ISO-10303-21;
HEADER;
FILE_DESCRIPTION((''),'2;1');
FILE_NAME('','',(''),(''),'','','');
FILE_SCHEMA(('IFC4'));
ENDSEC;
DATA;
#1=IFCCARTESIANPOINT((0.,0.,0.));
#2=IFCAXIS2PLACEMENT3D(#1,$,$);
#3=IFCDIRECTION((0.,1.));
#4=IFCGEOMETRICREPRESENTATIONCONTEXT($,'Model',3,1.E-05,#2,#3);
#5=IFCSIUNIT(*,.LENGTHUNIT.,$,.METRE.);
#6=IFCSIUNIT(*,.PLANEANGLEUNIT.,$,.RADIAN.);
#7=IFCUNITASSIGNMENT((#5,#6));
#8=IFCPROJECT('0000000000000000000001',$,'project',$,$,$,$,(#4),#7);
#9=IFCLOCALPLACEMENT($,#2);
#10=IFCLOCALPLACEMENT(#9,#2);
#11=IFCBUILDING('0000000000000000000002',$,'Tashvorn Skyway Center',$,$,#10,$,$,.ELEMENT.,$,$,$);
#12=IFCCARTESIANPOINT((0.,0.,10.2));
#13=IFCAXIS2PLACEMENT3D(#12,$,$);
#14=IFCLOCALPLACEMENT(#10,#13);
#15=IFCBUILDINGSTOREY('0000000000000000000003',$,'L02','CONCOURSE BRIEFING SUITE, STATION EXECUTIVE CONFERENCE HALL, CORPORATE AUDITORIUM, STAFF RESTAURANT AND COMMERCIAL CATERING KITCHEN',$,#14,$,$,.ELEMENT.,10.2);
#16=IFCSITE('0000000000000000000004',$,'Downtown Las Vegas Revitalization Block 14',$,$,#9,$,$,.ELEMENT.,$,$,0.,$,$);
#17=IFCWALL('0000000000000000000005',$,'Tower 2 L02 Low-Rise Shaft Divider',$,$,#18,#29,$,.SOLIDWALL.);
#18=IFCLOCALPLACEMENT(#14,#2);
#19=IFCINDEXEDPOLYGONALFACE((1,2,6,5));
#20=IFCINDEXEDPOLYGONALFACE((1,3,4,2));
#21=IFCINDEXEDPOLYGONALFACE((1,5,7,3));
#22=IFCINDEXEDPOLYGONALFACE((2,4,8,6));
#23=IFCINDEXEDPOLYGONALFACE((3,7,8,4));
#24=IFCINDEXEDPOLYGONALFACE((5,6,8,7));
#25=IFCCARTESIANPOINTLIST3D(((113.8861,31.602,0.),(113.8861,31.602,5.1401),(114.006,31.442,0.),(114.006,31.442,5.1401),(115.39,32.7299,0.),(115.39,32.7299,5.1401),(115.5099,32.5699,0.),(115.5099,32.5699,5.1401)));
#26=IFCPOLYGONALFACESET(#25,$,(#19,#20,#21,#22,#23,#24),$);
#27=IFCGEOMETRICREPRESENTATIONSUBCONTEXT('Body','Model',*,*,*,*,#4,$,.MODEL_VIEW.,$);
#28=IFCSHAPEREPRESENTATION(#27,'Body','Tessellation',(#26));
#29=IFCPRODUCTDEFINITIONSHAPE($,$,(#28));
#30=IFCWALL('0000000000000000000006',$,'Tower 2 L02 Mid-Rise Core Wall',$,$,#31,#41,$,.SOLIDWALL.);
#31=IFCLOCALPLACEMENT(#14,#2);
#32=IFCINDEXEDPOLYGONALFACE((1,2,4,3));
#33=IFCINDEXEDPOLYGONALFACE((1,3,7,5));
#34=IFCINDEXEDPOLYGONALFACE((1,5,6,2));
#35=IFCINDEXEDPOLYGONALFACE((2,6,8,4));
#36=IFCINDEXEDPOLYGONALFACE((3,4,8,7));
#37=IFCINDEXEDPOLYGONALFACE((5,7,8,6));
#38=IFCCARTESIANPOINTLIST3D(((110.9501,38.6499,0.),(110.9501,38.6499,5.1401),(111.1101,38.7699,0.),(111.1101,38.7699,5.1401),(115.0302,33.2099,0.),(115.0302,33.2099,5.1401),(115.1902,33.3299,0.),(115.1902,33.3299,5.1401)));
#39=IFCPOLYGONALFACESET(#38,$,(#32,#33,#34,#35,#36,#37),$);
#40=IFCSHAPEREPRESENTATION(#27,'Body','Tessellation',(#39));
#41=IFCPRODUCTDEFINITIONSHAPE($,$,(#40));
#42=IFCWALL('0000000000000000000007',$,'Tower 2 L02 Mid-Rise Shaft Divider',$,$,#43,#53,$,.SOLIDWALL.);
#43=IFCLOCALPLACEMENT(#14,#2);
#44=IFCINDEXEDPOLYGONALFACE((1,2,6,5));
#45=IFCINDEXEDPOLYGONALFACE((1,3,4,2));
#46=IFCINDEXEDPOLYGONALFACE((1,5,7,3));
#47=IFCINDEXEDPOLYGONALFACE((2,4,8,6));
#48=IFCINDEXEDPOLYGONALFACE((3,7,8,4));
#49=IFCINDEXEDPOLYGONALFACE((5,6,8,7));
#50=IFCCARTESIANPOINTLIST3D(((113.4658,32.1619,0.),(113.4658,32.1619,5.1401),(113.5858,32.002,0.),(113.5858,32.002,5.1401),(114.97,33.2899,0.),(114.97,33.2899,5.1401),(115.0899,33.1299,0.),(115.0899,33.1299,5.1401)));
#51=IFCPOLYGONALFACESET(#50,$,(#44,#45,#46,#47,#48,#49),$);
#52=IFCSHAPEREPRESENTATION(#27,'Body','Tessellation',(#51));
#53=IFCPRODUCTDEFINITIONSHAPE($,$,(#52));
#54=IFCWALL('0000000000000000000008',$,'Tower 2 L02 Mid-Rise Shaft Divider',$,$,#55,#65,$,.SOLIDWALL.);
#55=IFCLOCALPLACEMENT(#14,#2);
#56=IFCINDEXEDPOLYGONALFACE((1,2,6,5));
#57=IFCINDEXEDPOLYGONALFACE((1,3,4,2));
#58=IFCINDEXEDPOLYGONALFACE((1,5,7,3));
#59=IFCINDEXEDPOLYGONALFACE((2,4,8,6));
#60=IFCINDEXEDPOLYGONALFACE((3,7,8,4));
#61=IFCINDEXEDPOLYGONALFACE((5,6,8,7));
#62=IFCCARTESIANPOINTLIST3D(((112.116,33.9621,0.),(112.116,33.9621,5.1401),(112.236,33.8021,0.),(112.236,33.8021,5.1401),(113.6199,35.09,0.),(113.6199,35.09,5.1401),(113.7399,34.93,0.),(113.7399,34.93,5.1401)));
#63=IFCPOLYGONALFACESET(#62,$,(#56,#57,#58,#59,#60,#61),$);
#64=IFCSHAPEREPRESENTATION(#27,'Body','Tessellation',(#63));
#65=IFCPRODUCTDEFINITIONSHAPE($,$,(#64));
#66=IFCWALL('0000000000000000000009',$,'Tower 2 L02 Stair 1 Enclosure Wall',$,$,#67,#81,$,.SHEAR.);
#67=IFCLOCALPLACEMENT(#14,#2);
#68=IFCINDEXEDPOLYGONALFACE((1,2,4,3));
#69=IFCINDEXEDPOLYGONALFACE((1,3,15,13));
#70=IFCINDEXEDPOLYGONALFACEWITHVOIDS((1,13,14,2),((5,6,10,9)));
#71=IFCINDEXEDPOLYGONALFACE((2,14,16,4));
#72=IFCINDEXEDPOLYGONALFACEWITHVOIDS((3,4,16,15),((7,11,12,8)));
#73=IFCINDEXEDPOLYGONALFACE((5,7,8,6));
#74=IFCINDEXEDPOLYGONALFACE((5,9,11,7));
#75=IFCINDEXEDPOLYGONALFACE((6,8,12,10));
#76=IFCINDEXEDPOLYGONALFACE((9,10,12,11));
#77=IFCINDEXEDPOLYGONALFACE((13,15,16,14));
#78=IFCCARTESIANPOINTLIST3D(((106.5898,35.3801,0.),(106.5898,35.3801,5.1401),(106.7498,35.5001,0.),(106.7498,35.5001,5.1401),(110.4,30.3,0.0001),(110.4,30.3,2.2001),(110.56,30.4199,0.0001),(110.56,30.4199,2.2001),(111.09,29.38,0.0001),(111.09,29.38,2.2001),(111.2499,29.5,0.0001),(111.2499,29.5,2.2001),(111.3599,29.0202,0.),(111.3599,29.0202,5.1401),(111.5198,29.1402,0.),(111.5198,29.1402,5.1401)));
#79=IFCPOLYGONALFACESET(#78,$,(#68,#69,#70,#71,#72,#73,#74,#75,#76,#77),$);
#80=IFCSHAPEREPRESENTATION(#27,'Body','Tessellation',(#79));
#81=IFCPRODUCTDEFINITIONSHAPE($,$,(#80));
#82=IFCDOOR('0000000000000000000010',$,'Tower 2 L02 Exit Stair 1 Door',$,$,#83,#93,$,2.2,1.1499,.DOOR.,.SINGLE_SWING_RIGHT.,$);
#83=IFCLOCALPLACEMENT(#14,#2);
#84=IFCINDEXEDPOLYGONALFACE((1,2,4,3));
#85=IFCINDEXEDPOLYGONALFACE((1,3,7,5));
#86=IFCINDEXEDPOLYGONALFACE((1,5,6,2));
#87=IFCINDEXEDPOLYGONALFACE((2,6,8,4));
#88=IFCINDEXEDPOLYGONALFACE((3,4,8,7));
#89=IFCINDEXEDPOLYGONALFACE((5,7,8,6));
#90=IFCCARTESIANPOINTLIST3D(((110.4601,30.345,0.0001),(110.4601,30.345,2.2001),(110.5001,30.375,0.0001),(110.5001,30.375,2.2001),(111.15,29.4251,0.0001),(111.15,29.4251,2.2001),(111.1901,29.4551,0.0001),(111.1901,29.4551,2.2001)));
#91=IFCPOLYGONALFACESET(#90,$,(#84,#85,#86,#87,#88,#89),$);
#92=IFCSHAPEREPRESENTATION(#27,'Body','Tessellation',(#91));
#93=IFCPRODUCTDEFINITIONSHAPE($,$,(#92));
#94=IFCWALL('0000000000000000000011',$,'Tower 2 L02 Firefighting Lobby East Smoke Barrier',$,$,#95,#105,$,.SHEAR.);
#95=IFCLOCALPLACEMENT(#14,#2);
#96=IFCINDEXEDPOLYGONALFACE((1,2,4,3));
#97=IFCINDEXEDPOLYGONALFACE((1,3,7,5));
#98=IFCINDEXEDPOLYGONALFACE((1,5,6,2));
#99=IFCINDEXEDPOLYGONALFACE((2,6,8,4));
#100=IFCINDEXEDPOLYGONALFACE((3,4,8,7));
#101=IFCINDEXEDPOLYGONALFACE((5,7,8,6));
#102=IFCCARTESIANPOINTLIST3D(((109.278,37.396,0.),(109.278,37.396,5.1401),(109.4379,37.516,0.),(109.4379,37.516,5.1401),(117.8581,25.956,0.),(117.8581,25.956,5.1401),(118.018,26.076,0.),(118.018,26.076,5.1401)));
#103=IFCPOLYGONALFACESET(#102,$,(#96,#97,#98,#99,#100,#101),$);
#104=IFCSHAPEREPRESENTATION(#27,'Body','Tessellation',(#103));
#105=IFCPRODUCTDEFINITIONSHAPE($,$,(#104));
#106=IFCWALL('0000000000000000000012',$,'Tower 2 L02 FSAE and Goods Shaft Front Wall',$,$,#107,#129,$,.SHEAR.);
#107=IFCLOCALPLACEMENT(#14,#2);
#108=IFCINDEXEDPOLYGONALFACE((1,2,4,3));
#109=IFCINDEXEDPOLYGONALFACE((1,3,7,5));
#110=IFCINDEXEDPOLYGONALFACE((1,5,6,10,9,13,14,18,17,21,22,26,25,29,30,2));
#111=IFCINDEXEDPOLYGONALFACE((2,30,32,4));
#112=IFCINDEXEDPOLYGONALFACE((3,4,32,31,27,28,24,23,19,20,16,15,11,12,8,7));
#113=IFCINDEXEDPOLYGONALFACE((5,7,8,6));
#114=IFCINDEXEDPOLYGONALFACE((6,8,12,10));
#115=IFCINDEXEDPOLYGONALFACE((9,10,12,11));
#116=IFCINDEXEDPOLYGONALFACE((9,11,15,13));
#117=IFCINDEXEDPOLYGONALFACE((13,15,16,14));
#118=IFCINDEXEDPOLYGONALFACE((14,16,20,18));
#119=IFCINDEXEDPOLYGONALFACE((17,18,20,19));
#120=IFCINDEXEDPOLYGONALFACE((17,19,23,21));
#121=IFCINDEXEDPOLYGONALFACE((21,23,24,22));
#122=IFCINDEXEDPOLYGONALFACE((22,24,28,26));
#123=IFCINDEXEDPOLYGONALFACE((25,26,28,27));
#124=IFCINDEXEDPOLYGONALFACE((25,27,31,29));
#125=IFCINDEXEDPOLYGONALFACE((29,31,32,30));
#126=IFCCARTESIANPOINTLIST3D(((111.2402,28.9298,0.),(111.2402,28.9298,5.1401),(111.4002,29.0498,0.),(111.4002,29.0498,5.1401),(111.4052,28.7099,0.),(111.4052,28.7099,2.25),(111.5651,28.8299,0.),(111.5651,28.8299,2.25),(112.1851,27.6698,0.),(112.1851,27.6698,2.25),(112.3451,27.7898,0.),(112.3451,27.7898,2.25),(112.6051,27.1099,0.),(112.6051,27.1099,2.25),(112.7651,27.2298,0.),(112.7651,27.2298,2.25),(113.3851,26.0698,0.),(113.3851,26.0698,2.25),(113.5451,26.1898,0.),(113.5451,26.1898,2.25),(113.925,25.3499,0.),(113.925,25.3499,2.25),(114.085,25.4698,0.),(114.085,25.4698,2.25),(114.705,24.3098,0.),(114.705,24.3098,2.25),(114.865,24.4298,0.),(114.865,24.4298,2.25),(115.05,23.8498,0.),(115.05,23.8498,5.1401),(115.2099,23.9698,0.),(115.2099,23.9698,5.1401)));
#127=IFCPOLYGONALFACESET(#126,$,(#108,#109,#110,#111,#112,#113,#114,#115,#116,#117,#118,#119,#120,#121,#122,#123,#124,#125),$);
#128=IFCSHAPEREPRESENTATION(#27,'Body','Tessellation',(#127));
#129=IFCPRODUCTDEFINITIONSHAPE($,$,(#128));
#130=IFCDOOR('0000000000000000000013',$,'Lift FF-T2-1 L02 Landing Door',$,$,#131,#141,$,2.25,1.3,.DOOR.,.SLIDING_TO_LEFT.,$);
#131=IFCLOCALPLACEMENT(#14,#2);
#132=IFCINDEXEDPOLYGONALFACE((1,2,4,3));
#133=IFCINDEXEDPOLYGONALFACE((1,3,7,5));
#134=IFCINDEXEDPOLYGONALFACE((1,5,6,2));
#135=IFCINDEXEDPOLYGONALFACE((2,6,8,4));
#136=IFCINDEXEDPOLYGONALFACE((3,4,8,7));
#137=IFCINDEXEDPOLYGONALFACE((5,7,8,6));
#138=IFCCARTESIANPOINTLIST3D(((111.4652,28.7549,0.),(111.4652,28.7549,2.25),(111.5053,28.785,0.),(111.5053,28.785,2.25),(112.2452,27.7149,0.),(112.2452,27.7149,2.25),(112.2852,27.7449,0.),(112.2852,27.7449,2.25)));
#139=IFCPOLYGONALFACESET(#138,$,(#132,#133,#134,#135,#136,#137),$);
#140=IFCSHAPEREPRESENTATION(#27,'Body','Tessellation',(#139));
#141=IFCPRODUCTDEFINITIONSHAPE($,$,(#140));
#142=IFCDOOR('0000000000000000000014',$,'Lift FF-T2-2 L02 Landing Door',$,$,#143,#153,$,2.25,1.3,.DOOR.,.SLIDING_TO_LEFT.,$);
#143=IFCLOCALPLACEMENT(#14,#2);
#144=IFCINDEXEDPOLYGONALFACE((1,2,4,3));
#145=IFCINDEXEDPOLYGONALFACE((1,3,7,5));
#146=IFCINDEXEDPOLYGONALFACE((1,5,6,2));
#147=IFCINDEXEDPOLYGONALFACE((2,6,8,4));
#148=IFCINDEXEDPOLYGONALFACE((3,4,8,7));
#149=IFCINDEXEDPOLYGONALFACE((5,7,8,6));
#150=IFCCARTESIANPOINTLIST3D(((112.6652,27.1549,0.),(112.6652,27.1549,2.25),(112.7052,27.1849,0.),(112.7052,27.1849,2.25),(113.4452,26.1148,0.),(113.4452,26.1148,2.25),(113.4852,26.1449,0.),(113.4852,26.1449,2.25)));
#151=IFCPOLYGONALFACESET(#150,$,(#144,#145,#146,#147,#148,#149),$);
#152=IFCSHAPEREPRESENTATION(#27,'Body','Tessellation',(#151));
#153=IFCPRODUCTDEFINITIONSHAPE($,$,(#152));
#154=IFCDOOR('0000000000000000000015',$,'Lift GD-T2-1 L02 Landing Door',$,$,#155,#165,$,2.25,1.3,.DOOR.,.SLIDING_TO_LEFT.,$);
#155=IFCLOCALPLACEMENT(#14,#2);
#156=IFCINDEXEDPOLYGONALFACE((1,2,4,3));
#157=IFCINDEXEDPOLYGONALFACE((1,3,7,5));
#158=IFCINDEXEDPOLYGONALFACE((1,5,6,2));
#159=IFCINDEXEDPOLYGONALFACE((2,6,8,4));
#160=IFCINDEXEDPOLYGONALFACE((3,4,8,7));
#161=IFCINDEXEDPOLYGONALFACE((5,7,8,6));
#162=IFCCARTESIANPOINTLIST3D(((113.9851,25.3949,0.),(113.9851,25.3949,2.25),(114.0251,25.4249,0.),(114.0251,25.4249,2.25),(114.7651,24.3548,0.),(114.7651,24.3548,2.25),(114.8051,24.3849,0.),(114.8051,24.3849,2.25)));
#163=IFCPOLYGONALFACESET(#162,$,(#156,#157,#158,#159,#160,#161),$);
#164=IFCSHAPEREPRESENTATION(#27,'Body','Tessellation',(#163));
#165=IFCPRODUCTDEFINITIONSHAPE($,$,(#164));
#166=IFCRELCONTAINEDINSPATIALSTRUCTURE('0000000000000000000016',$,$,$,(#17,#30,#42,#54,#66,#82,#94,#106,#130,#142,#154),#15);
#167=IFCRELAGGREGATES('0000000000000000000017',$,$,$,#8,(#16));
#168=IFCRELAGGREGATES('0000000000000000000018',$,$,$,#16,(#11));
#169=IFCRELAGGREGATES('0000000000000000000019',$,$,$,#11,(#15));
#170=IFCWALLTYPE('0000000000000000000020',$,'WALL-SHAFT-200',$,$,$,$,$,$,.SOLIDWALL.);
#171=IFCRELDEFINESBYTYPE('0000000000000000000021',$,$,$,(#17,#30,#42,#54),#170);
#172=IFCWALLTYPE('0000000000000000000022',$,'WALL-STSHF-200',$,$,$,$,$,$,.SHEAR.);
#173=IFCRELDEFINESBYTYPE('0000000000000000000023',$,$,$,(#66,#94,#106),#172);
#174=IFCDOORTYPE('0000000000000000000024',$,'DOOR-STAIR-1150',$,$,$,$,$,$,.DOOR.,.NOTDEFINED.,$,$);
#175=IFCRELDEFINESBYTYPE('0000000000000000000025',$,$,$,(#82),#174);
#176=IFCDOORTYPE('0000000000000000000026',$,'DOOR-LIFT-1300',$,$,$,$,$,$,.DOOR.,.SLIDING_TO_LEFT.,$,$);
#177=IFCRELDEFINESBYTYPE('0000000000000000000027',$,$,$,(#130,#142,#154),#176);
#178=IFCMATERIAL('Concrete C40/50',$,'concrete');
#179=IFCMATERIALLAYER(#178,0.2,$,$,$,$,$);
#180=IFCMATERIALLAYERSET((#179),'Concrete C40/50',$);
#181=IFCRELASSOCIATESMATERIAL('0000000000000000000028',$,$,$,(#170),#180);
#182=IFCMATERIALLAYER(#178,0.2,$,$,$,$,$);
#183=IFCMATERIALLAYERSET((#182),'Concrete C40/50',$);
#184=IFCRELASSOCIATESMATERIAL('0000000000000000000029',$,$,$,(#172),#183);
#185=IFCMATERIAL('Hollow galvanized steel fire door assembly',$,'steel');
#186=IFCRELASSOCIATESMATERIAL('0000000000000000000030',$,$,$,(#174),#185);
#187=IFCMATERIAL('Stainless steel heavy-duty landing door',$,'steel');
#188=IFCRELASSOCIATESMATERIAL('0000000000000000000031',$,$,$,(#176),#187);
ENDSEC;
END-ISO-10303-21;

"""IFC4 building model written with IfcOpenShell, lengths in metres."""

from ifc_helpers import new_model, si_unit, direction, frame, frame_2d, origin, place, context, subcontext, project, spatial, rectangle, extrude, material, layer, layer_set, type_object, element, fill, save


model = new_model("IFC4")

# Units and contexts
model_context = context("Model", 3, precision=1e-05, world=origin(), true_north=direction((0.0, 1.0)))
body_context = subcontext(model_context, "Body", "Model", "MODEL_VIEW")
ifc_project = project(units=[si_unit("LENGTHUNIT", "METRE"), si_unit("PLANEANGLEUNIT", "RADIAN")], contexts=[model_context])

# Site, building, storey
site_placement = place(None, origin())
site = spatial("IfcSite", under=ifc_project, at=site_placement, Name="Downtown Las Vegas Revitalization Block 14", CompositionType="ELEMENT", RefElevation=0.0)
building_placement = place(site_placement, origin())
building = spatial("IfcBuilding", under=site, at=building_placement, Name="Tashvorn Skyway Center", CompositionType="ELEMENT")
storey_placement = place(building_placement, frame((0.0, 0.0, 10.2)))
storey = spatial("IfcBuildingStorey", under=building, at=storey_placement, Name="L02", Description="CONCOURSE BRIEFING SUITE, STATION EXECUTIVE CONFERENCE HALL, CORPORATE AUDITORIUM, STAFF RESTAURANT AND COMMERCIAL CATERING KITCHEN", CompositionType="ELEMENT", Elevation=10.2)

# Shared definitions
ifc_material_1 = material(Name="Concrete C40/50", Category="concrete")
ifc_material_2 = material(Name="Hollow galvanized steel fire door assembly", Category="steel")

# Shared definitions
ifc_layer_1 = layer(ifc_material_1, 0.2)
ifc_layer_set_1 = layer_set([ifc_layer_1], Name="Concrete C40/50")
wall_type_1 = type_object("IfcWallType", Name="WALL-SHAFT-200", PredefinedType="SOLIDWALL", material=ifc_layer_set_1)

# Walls
wall_1_placement = place(storey_placement, frame((113.946, 31.522, 0.0), z_axis=(0.0, 0.0, 1.0), x_axis=(0.8, 0.6, 0.0)))
element("IfcWall", 1, at=wall_1_placement, inside=storey, type_object=wall_type_1, Name="Tower 2 L02 Low-Rise Shaft Divider", PredefinedType="SOLIDWALL", context=body_context, shape_type="SweptSolid", body=[
    extrude(rectangle(XDim=1.8799, YDim=0.2, at=frame_2d((0.9399, 0.0))), origin(), (0.0, 0.0, 1.0), 5.1401),
])
wall_2_placement = place(storey_placement, frame((115.1101, 33.27, 0.0), z_axis=(0.0, 0.0, 1.0), x_axis=(-0.600011, 0.799991, 0.0)))
element("IfcWall", 2, at=wall_2_placement, inside=storey, type_object=wall_type_1, Name="Tower 2 L02 Mid-Rise Core Wall", PredefinedType="SOLIDWALL", context=body_context, shape_type="SweptSolid", body=[
    extrude(rectangle(XDim=6.8, YDim=0.2, at=frame_2d((3.3999, 0.0))), origin(), (0.0, 0.0, 1.0), 5.1401),
])
wall_3_placement = place(storey_placement, frame((113.5259, 32.082, 0.0), z_axis=(0.0, 0.0, 1.0), x_axis=(0.800047, 0.599938, 0.0)))
element("IfcWall", 3, at=wall_3_placement, inside=storey, type_object=wall_type_1, Name="Tower 2 L02 Mid-Rise Shaft Divider", PredefinedType="SOLIDWALL", context=body_context, shape_type="SweptSolid", body=[
    extrude(rectangle(XDim=1.8801, YDim=0.2, at=frame_2d((0.9399, 0.0))), origin(), (0.0, 0.0, 1.0), 5.1401),
])
wall_4_placement = place(storey_placement, frame((112.176, 33.8821, 0.0), z_axis=(0.0, 0.0, 1.0), x_axis=(0.8, 0.6, 0.0)))
element("IfcWall", 4, at=wall_4_placement, inside=storey, type_object=wall_type_1, Name="Tower 2 L02 Mid-Rise Shaft Divider", PredefinedType="SOLIDWALL", context=body_context, shape_type="SweptSolid", body=[
    extrude(rectangle(XDim=1.8799, YDim=0.2, at=frame_2d((0.9399, 0.0))), origin(), (0.0, 0.0, 1.0), 5.1401),
])

# Wall, opening, door
ifc_layer_2 = layer(ifc_material_1, 0.2)
ifc_layer_set_2 = layer_set([ifc_layer_2], Name="Concrete C40/50")
wall_type_2 = type_object("IfcWallType", Name="WALL-STSHF-200", PredefinedType="SHEAR", material=ifc_layer_set_2)
wall_5_placement = place(storey_placement, frame((111.4399, 29.0801, 0.0), z_axis=(0.0, 0.0, 1.0), x_axis=(-0.60001, 0.799993, 0.0)))
wall_5 = element("IfcWall", 5, at=wall_5_placement, inside=storey, type_object=wall_type_2, Name="Tower 2 L02 Stair 1 Enclosure Wall", PredefinedType="SHEAR", context=body_context, shape_type="SweptSolid", body=[
    extrude(rectangle(XDim=7.95, YDim=0.2, at=frame_2d((3.9751, 0.0))), origin(), (0.0, 0.0, 1.0), 5.1401),
])
opening_1_placement = place(wall_5_placement, frame((0.45, 0.0, 0.0)))
opening_1 = element("IfcOpeningElement", 6, at=opening_1_placement, cuts=wall_5, PredefinedType="OPENING", context=body_context, shape_type="SweptSolid", body=[
    extrude(rectangle(XDim=1.1499, YDim=2.2, at=frame_2d((0.575, 1.1001))), frame((0.0, 0.1099, 0.0), z_axis=(0.0, -1.0, 0.0), x_axis=(1.0, 0.0, 0.0)), (0.0, 0.0, 1.0), 0.22),
])
door_type_1 = type_object("IfcDoorType", Name="DOOR-STAIR-1150", OperationType="NOTDEFINED", PredefinedType="DOOR", material=ifc_material_2)
door_1_placement = place(opening_1_placement, origin())
door_1 = element("IfcDoor", 7, at=door_1_placement, inside=storey, type_object=door_type_1, Name="Tower 2 L02 Exit Stair 1 Door", OperationType="SINGLE_SWING_RIGHT", OverallHeight=2.2, OverallWidth=1.1499, PredefinedType="DOOR", context=body_context, shape_type="SweptSolid", body=[
    extrude(rectangle(XDim=1.1499, YDim=2.2, at=frame_2d((0.575, 1.1001))), frame((0.0, 0.0249, 0.0), z_axis=(0.0, -1.0, 0.0), x_axis=(1.0, 0.0, 0.0)), (0.0, 0.0, 1.0), 0.05),
])
fill(opening_1, door_1)

# Wall
wall_6_placement = place(storey_placement, frame((117.938, 26.0161, 0.0), z_axis=(0.0, 0.0, 1.0), x_axis=(-0.600005, 0.799996, 0.0)))
element("IfcWall", 8, at=wall_6_placement, inside=storey, type_object=wall_type_2, Name="Tower 2 L02 Firefighting Lobby East Smoke Barrier", PredefinedType="SHEAR", context=body_context, shape_type="SweptSolid", body=[
    extrude(rectangle(XDim=14.3, YDim=0.2, at=frame_2d((7.1499, 0.0))), origin(), (0.0, 0.0, 1.0), 5.1401),
])

# Wall, openings, doors
wall_7_placement = place(storey_placement, frame((115.1299, 23.9099, 0.0), z_axis=(0.0, 0.0, 1.0), x_axis=(-0.599975, 0.800018, 0.0)))
wall_7 = element("IfcWall", 9, at=wall_7_placement, inside=storey, type_object=wall_type_2, Name="Tower 2 L02 FSAE and Goods Shaft Front Wall", PredefinedType="SHEAR", context=body_context, shape_type="SweptSolid", body=[
    extrude(rectangle(XDim=6.3499, YDim=0.2, at=frame_2d((3.1748, 0.0))), origin(), (0.0, 0.0, 1.0), 5.1401),
])
opening_2_placement = place(wall_7_placement, frame((4.7749, 0.0, 0.0)))
opening_2 = element("IfcOpeningElement", 10, at=opening_2_placement, cuts=wall_7, PredefinedType="OPENING", context=body_context, shape_type="SweptSolid", body=[
    extrude(rectangle(XDim=1.3, YDim=2.25, at=frame_2d((0.6499, 1.125))), frame((0.0, 0.1099, 0.0), z_axis=(0.0, -1.0, 0.0), x_axis=(1.0, 0.0, 0.0)), (0.0, 0.0, 1.0), 0.22),
])
opening_3_placement = place(wall_7_placement, frame((2.7749, 0.0, 0.0)))
opening_3 = element("IfcOpeningElement", 11, at=opening_3_placement, cuts=wall_7, PredefinedType="OPENING", context=body_context, shape_type="SweptSolid", body=[
    extrude(rectangle(XDim=1.3, YDim=2.25, at=frame_2d((0.6499, 1.125))), frame((0.0, 0.1099, 0.0), z_axis=(0.0, -1.0, 0.0), x_axis=(1.0, 0.0, 0.0)), (0.0, 0.0, 1.0), 0.22),
])
opening_4_placement = place(wall_7_placement, frame((0.575, 0.0, 0.0)))
opening_4 = element("IfcOpeningElement", 12, at=opening_4_placement, cuts=wall_7, PredefinedType="OPENING", context=body_context, shape_type="SweptSolid", body=[
    extrude(rectangle(XDim=1.3, YDim=2.25, at=frame_2d((0.6499, 1.125))), frame((0.0, 0.1099, 0.0), z_axis=(0.0, -1.0, 0.0), x_axis=(1.0, 0.0, 0.0)), (0.0, 0.0, 1.0), 0.22),
])
ifc_material_3 = material(Name="Stainless steel heavy-duty landing door", Category="steel")
door_type_2 = type_object("IfcDoorType", Name="DOOR-LIFT-1300", OperationType="SLIDING_TO_LEFT", PredefinedType="DOOR", material=ifc_material_3)
door_2_placement = place(opening_2_placement, origin())
door_2 = element("IfcDoor", 13, at=door_2_placement, inside=storey, type_object=door_type_2, Name="Lift FF-T2-1 L02 Landing Door", OperationType="SLIDING_TO_LEFT", OverallHeight=2.25, OverallWidth=1.3, PredefinedType="DOOR", context=body_context, shape_type="SweptSolid", body=[
    extrude(rectangle(XDim=1.3, YDim=2.25, at=frame_2d((0.6499, 1.125))), frame((0.0, 0.0249, 0.0), z_axis=(0.0, -1.0, 0.0), x_axis=(1.0, 0.0, 0.0)), (0.0, 0.0, 1.0), 0.05),
])
fill(opening_2, door_2)
door_3_placement = place(opening_3_placement, origin())
door_3 = element("IfcDoor", 14, at=door_3_placement, inside=storey, type_object=door_type_2, Name="Lift FF-T2-2 L02 Landing Door", OperationType="SLIDING_TO_LEFT", OverallHeight=2.25, OverallWidth=1.3, PredefinedType="DOOR", context=body_context, shape_type="SweptSolid", body=[
    extrude(rectangle(XDim=1.3, YDim=2.25, at=frame_2d((0.6499, 1.125))), frame((0.0, 0.0249, 0.0), z_axis=(0.0, -1.0, 0.0), x_axis=(1.0, 0.0, 0.0)), (0.0, 0.0, 1.0), 0.05),
])
fill(opening_3, door_3)
door_4_placement = place(opening_4_placement, origin())
door_4 = element("IfcDoor", 15, at=door_4_placement, inside=storey, type_object=door_type_2, Name="Lift GD-T2-1 L02 Landing Door", OperationType="SLIDING_TO_LEFT", OverallHeight=2.25, OverallWidth=1.3, PredefinedType="DOOR", context=body_context, shape_type="SweptSolid", body=[
    extrude(rectangle(XDim=1.3, YDim=2.25, at=frame_2d((0.6499, 1.125))), frame((0.0, 0.0249, 0.0), z_axis=(0.0, -1.0, 0.0), x_axis=(1.0, 0.0, 0.0)), (0.0, 0.0, 1.0), 0.05),
])
fill(opening_4, door_4)

save(model, "model.ifc")
